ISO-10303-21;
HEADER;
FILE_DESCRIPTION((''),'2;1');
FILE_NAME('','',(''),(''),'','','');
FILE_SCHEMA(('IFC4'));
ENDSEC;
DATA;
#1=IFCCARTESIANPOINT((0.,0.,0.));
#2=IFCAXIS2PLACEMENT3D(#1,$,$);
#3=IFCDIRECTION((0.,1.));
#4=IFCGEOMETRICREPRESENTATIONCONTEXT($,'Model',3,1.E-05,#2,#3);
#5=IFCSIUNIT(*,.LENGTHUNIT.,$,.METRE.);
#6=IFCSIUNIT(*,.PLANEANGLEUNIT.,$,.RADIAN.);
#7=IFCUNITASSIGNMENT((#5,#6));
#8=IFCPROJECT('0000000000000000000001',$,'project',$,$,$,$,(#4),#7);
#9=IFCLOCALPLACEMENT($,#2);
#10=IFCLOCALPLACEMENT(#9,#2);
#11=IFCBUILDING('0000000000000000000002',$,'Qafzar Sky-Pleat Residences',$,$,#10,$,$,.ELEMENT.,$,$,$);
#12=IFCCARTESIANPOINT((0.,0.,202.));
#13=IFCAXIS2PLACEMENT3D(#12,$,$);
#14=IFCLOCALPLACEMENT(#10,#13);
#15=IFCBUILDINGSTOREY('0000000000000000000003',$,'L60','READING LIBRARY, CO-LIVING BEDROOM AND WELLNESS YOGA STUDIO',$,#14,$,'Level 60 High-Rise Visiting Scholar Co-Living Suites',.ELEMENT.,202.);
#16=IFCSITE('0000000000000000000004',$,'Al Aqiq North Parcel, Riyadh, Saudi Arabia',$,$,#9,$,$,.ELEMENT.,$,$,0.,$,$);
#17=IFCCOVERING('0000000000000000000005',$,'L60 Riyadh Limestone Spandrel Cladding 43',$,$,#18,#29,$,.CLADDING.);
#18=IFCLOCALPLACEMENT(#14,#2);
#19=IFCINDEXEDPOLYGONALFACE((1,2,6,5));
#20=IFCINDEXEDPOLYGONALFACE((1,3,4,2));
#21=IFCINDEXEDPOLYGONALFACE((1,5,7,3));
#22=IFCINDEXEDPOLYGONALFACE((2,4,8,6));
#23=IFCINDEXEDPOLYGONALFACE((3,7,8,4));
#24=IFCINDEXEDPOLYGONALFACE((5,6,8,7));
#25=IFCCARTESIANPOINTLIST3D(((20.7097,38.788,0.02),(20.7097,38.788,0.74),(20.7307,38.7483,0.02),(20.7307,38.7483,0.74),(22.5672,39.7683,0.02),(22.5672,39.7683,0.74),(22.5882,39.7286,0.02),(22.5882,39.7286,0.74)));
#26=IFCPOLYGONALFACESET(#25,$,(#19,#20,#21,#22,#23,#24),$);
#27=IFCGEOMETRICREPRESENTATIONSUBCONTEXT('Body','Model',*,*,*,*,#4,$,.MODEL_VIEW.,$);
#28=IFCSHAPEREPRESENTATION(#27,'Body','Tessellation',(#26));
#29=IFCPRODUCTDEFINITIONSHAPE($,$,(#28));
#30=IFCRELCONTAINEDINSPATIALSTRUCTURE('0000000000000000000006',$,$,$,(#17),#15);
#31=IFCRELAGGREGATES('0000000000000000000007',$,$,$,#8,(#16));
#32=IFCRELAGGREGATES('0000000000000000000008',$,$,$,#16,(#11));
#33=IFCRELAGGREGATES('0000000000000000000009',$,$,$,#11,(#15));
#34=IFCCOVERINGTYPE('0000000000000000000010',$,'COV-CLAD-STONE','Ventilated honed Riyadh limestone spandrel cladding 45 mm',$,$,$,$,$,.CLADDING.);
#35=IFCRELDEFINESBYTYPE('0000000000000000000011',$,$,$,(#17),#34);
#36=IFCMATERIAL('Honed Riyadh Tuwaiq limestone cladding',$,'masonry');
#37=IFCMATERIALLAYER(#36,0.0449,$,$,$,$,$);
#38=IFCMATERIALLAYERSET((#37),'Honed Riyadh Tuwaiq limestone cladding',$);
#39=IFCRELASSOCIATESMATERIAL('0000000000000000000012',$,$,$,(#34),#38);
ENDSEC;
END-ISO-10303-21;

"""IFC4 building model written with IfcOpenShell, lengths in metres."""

from ifc_helpers import new_model, si_unit, direction, frame, origin, origin_2d, place, context, subcontext, project, spatial, rectangle, extrude, source, transform, mapped, material, layer, layer_set, type_object, element, save


model = new_model("IFC4")

# Units and contexts
model_context = context("Model", 3, precision=1e-05, world=origin(), true_north=direction((0.0, 1.0)))
body_context = subcontext(model_context, "Body", "Model", "MODEL_VIEW")
ifc_project = project(units=[si_unit("LENGTHUNIT", "METRE"), si_unit("PLANEANGLEUNIT", "RADIAN")], contexts=[model_context])

# Site, building, storey
site_placement = place(None, origin())
site = spatial("IfcSite", under=ifc_project, at=site_placement, Name="Al Aqiq North Parcel, Riyadh, Saudi Arabia", CompositionType="ELEMENT", RefElevation=0.0)
building_placement = place(site_placement, origin())
building = spatial("IfcBuilding", under=site, at=building_placement, Name="Qafzar Sky-Pleat Residences", CompositionType="ELEMENT")
storey_placement = place(building_placement, frame((0.0, 0.0, 202.0)))
storey = spatial("IfcBuildingStorey", under=building, at=storey_placement, Name="L60", Description="READING LIBRARY, CO-LIVING BEDROOM AND WELLNESS YOGA STUDIO", LongName="Level 60 High-Rise Visiting Scholar Co-Living Suites", CompositionType="ELEMENT", Elevation=202.0)

# Covering
ifc_material_1 = material(Name="Honed Riyadh Tuwaiq limestone cladding", Category="masonry")
ifc_layer_1 = layer(ifc_material_1, 0.0449)
ifc_layer_set_1 = layer_set([ifc_layer_1], Name="Honed Riyadh Tuwaiq limestone cladding")
covering_type = type_object("IfcCoveringType", Name="COV-CLAD-STONE", Description="Ventilated honed Riyadh limestone spandrel cladding 45 mm", PredefinedType="CLADDING", material=ifc_layer_set_1)
shared_shape_1 = source(origin(), body_context, "Body", "SweptSolid", [
    extrude(rectangle(XDim=2.1003, YDim=0.0449, at=origin_2d()), origin(), (0.0, 0.0, 1.0), 0.72),
])
covering_1_placement = place(storey_placement, frame((21.6489, 39.2583, 0.02), z_axis=(0.0, 0.0, 1.0), x_axis=(-0.884381, -0.466765, 0.0)))
element("IfcCovering", 1, at=covering_1_placement, inside=storey, type_object=covering_type, Name="L60 Riyadh Limestone Spandrel Cladding 43", PredefinedType="CLADDING", context=body_context, shape_type="MappedRepresentation", body=[
    mapped(shared_shape_1, transform((0.0, 0.0, 0.0), x_axis=(1.0, 0.0, 0.0), y_axis=(0.0, 1.0, 0.0), z_axis=(0.0, 0.0, 1.0), scale=1.0)),
])

save(model, "model.ifc")
